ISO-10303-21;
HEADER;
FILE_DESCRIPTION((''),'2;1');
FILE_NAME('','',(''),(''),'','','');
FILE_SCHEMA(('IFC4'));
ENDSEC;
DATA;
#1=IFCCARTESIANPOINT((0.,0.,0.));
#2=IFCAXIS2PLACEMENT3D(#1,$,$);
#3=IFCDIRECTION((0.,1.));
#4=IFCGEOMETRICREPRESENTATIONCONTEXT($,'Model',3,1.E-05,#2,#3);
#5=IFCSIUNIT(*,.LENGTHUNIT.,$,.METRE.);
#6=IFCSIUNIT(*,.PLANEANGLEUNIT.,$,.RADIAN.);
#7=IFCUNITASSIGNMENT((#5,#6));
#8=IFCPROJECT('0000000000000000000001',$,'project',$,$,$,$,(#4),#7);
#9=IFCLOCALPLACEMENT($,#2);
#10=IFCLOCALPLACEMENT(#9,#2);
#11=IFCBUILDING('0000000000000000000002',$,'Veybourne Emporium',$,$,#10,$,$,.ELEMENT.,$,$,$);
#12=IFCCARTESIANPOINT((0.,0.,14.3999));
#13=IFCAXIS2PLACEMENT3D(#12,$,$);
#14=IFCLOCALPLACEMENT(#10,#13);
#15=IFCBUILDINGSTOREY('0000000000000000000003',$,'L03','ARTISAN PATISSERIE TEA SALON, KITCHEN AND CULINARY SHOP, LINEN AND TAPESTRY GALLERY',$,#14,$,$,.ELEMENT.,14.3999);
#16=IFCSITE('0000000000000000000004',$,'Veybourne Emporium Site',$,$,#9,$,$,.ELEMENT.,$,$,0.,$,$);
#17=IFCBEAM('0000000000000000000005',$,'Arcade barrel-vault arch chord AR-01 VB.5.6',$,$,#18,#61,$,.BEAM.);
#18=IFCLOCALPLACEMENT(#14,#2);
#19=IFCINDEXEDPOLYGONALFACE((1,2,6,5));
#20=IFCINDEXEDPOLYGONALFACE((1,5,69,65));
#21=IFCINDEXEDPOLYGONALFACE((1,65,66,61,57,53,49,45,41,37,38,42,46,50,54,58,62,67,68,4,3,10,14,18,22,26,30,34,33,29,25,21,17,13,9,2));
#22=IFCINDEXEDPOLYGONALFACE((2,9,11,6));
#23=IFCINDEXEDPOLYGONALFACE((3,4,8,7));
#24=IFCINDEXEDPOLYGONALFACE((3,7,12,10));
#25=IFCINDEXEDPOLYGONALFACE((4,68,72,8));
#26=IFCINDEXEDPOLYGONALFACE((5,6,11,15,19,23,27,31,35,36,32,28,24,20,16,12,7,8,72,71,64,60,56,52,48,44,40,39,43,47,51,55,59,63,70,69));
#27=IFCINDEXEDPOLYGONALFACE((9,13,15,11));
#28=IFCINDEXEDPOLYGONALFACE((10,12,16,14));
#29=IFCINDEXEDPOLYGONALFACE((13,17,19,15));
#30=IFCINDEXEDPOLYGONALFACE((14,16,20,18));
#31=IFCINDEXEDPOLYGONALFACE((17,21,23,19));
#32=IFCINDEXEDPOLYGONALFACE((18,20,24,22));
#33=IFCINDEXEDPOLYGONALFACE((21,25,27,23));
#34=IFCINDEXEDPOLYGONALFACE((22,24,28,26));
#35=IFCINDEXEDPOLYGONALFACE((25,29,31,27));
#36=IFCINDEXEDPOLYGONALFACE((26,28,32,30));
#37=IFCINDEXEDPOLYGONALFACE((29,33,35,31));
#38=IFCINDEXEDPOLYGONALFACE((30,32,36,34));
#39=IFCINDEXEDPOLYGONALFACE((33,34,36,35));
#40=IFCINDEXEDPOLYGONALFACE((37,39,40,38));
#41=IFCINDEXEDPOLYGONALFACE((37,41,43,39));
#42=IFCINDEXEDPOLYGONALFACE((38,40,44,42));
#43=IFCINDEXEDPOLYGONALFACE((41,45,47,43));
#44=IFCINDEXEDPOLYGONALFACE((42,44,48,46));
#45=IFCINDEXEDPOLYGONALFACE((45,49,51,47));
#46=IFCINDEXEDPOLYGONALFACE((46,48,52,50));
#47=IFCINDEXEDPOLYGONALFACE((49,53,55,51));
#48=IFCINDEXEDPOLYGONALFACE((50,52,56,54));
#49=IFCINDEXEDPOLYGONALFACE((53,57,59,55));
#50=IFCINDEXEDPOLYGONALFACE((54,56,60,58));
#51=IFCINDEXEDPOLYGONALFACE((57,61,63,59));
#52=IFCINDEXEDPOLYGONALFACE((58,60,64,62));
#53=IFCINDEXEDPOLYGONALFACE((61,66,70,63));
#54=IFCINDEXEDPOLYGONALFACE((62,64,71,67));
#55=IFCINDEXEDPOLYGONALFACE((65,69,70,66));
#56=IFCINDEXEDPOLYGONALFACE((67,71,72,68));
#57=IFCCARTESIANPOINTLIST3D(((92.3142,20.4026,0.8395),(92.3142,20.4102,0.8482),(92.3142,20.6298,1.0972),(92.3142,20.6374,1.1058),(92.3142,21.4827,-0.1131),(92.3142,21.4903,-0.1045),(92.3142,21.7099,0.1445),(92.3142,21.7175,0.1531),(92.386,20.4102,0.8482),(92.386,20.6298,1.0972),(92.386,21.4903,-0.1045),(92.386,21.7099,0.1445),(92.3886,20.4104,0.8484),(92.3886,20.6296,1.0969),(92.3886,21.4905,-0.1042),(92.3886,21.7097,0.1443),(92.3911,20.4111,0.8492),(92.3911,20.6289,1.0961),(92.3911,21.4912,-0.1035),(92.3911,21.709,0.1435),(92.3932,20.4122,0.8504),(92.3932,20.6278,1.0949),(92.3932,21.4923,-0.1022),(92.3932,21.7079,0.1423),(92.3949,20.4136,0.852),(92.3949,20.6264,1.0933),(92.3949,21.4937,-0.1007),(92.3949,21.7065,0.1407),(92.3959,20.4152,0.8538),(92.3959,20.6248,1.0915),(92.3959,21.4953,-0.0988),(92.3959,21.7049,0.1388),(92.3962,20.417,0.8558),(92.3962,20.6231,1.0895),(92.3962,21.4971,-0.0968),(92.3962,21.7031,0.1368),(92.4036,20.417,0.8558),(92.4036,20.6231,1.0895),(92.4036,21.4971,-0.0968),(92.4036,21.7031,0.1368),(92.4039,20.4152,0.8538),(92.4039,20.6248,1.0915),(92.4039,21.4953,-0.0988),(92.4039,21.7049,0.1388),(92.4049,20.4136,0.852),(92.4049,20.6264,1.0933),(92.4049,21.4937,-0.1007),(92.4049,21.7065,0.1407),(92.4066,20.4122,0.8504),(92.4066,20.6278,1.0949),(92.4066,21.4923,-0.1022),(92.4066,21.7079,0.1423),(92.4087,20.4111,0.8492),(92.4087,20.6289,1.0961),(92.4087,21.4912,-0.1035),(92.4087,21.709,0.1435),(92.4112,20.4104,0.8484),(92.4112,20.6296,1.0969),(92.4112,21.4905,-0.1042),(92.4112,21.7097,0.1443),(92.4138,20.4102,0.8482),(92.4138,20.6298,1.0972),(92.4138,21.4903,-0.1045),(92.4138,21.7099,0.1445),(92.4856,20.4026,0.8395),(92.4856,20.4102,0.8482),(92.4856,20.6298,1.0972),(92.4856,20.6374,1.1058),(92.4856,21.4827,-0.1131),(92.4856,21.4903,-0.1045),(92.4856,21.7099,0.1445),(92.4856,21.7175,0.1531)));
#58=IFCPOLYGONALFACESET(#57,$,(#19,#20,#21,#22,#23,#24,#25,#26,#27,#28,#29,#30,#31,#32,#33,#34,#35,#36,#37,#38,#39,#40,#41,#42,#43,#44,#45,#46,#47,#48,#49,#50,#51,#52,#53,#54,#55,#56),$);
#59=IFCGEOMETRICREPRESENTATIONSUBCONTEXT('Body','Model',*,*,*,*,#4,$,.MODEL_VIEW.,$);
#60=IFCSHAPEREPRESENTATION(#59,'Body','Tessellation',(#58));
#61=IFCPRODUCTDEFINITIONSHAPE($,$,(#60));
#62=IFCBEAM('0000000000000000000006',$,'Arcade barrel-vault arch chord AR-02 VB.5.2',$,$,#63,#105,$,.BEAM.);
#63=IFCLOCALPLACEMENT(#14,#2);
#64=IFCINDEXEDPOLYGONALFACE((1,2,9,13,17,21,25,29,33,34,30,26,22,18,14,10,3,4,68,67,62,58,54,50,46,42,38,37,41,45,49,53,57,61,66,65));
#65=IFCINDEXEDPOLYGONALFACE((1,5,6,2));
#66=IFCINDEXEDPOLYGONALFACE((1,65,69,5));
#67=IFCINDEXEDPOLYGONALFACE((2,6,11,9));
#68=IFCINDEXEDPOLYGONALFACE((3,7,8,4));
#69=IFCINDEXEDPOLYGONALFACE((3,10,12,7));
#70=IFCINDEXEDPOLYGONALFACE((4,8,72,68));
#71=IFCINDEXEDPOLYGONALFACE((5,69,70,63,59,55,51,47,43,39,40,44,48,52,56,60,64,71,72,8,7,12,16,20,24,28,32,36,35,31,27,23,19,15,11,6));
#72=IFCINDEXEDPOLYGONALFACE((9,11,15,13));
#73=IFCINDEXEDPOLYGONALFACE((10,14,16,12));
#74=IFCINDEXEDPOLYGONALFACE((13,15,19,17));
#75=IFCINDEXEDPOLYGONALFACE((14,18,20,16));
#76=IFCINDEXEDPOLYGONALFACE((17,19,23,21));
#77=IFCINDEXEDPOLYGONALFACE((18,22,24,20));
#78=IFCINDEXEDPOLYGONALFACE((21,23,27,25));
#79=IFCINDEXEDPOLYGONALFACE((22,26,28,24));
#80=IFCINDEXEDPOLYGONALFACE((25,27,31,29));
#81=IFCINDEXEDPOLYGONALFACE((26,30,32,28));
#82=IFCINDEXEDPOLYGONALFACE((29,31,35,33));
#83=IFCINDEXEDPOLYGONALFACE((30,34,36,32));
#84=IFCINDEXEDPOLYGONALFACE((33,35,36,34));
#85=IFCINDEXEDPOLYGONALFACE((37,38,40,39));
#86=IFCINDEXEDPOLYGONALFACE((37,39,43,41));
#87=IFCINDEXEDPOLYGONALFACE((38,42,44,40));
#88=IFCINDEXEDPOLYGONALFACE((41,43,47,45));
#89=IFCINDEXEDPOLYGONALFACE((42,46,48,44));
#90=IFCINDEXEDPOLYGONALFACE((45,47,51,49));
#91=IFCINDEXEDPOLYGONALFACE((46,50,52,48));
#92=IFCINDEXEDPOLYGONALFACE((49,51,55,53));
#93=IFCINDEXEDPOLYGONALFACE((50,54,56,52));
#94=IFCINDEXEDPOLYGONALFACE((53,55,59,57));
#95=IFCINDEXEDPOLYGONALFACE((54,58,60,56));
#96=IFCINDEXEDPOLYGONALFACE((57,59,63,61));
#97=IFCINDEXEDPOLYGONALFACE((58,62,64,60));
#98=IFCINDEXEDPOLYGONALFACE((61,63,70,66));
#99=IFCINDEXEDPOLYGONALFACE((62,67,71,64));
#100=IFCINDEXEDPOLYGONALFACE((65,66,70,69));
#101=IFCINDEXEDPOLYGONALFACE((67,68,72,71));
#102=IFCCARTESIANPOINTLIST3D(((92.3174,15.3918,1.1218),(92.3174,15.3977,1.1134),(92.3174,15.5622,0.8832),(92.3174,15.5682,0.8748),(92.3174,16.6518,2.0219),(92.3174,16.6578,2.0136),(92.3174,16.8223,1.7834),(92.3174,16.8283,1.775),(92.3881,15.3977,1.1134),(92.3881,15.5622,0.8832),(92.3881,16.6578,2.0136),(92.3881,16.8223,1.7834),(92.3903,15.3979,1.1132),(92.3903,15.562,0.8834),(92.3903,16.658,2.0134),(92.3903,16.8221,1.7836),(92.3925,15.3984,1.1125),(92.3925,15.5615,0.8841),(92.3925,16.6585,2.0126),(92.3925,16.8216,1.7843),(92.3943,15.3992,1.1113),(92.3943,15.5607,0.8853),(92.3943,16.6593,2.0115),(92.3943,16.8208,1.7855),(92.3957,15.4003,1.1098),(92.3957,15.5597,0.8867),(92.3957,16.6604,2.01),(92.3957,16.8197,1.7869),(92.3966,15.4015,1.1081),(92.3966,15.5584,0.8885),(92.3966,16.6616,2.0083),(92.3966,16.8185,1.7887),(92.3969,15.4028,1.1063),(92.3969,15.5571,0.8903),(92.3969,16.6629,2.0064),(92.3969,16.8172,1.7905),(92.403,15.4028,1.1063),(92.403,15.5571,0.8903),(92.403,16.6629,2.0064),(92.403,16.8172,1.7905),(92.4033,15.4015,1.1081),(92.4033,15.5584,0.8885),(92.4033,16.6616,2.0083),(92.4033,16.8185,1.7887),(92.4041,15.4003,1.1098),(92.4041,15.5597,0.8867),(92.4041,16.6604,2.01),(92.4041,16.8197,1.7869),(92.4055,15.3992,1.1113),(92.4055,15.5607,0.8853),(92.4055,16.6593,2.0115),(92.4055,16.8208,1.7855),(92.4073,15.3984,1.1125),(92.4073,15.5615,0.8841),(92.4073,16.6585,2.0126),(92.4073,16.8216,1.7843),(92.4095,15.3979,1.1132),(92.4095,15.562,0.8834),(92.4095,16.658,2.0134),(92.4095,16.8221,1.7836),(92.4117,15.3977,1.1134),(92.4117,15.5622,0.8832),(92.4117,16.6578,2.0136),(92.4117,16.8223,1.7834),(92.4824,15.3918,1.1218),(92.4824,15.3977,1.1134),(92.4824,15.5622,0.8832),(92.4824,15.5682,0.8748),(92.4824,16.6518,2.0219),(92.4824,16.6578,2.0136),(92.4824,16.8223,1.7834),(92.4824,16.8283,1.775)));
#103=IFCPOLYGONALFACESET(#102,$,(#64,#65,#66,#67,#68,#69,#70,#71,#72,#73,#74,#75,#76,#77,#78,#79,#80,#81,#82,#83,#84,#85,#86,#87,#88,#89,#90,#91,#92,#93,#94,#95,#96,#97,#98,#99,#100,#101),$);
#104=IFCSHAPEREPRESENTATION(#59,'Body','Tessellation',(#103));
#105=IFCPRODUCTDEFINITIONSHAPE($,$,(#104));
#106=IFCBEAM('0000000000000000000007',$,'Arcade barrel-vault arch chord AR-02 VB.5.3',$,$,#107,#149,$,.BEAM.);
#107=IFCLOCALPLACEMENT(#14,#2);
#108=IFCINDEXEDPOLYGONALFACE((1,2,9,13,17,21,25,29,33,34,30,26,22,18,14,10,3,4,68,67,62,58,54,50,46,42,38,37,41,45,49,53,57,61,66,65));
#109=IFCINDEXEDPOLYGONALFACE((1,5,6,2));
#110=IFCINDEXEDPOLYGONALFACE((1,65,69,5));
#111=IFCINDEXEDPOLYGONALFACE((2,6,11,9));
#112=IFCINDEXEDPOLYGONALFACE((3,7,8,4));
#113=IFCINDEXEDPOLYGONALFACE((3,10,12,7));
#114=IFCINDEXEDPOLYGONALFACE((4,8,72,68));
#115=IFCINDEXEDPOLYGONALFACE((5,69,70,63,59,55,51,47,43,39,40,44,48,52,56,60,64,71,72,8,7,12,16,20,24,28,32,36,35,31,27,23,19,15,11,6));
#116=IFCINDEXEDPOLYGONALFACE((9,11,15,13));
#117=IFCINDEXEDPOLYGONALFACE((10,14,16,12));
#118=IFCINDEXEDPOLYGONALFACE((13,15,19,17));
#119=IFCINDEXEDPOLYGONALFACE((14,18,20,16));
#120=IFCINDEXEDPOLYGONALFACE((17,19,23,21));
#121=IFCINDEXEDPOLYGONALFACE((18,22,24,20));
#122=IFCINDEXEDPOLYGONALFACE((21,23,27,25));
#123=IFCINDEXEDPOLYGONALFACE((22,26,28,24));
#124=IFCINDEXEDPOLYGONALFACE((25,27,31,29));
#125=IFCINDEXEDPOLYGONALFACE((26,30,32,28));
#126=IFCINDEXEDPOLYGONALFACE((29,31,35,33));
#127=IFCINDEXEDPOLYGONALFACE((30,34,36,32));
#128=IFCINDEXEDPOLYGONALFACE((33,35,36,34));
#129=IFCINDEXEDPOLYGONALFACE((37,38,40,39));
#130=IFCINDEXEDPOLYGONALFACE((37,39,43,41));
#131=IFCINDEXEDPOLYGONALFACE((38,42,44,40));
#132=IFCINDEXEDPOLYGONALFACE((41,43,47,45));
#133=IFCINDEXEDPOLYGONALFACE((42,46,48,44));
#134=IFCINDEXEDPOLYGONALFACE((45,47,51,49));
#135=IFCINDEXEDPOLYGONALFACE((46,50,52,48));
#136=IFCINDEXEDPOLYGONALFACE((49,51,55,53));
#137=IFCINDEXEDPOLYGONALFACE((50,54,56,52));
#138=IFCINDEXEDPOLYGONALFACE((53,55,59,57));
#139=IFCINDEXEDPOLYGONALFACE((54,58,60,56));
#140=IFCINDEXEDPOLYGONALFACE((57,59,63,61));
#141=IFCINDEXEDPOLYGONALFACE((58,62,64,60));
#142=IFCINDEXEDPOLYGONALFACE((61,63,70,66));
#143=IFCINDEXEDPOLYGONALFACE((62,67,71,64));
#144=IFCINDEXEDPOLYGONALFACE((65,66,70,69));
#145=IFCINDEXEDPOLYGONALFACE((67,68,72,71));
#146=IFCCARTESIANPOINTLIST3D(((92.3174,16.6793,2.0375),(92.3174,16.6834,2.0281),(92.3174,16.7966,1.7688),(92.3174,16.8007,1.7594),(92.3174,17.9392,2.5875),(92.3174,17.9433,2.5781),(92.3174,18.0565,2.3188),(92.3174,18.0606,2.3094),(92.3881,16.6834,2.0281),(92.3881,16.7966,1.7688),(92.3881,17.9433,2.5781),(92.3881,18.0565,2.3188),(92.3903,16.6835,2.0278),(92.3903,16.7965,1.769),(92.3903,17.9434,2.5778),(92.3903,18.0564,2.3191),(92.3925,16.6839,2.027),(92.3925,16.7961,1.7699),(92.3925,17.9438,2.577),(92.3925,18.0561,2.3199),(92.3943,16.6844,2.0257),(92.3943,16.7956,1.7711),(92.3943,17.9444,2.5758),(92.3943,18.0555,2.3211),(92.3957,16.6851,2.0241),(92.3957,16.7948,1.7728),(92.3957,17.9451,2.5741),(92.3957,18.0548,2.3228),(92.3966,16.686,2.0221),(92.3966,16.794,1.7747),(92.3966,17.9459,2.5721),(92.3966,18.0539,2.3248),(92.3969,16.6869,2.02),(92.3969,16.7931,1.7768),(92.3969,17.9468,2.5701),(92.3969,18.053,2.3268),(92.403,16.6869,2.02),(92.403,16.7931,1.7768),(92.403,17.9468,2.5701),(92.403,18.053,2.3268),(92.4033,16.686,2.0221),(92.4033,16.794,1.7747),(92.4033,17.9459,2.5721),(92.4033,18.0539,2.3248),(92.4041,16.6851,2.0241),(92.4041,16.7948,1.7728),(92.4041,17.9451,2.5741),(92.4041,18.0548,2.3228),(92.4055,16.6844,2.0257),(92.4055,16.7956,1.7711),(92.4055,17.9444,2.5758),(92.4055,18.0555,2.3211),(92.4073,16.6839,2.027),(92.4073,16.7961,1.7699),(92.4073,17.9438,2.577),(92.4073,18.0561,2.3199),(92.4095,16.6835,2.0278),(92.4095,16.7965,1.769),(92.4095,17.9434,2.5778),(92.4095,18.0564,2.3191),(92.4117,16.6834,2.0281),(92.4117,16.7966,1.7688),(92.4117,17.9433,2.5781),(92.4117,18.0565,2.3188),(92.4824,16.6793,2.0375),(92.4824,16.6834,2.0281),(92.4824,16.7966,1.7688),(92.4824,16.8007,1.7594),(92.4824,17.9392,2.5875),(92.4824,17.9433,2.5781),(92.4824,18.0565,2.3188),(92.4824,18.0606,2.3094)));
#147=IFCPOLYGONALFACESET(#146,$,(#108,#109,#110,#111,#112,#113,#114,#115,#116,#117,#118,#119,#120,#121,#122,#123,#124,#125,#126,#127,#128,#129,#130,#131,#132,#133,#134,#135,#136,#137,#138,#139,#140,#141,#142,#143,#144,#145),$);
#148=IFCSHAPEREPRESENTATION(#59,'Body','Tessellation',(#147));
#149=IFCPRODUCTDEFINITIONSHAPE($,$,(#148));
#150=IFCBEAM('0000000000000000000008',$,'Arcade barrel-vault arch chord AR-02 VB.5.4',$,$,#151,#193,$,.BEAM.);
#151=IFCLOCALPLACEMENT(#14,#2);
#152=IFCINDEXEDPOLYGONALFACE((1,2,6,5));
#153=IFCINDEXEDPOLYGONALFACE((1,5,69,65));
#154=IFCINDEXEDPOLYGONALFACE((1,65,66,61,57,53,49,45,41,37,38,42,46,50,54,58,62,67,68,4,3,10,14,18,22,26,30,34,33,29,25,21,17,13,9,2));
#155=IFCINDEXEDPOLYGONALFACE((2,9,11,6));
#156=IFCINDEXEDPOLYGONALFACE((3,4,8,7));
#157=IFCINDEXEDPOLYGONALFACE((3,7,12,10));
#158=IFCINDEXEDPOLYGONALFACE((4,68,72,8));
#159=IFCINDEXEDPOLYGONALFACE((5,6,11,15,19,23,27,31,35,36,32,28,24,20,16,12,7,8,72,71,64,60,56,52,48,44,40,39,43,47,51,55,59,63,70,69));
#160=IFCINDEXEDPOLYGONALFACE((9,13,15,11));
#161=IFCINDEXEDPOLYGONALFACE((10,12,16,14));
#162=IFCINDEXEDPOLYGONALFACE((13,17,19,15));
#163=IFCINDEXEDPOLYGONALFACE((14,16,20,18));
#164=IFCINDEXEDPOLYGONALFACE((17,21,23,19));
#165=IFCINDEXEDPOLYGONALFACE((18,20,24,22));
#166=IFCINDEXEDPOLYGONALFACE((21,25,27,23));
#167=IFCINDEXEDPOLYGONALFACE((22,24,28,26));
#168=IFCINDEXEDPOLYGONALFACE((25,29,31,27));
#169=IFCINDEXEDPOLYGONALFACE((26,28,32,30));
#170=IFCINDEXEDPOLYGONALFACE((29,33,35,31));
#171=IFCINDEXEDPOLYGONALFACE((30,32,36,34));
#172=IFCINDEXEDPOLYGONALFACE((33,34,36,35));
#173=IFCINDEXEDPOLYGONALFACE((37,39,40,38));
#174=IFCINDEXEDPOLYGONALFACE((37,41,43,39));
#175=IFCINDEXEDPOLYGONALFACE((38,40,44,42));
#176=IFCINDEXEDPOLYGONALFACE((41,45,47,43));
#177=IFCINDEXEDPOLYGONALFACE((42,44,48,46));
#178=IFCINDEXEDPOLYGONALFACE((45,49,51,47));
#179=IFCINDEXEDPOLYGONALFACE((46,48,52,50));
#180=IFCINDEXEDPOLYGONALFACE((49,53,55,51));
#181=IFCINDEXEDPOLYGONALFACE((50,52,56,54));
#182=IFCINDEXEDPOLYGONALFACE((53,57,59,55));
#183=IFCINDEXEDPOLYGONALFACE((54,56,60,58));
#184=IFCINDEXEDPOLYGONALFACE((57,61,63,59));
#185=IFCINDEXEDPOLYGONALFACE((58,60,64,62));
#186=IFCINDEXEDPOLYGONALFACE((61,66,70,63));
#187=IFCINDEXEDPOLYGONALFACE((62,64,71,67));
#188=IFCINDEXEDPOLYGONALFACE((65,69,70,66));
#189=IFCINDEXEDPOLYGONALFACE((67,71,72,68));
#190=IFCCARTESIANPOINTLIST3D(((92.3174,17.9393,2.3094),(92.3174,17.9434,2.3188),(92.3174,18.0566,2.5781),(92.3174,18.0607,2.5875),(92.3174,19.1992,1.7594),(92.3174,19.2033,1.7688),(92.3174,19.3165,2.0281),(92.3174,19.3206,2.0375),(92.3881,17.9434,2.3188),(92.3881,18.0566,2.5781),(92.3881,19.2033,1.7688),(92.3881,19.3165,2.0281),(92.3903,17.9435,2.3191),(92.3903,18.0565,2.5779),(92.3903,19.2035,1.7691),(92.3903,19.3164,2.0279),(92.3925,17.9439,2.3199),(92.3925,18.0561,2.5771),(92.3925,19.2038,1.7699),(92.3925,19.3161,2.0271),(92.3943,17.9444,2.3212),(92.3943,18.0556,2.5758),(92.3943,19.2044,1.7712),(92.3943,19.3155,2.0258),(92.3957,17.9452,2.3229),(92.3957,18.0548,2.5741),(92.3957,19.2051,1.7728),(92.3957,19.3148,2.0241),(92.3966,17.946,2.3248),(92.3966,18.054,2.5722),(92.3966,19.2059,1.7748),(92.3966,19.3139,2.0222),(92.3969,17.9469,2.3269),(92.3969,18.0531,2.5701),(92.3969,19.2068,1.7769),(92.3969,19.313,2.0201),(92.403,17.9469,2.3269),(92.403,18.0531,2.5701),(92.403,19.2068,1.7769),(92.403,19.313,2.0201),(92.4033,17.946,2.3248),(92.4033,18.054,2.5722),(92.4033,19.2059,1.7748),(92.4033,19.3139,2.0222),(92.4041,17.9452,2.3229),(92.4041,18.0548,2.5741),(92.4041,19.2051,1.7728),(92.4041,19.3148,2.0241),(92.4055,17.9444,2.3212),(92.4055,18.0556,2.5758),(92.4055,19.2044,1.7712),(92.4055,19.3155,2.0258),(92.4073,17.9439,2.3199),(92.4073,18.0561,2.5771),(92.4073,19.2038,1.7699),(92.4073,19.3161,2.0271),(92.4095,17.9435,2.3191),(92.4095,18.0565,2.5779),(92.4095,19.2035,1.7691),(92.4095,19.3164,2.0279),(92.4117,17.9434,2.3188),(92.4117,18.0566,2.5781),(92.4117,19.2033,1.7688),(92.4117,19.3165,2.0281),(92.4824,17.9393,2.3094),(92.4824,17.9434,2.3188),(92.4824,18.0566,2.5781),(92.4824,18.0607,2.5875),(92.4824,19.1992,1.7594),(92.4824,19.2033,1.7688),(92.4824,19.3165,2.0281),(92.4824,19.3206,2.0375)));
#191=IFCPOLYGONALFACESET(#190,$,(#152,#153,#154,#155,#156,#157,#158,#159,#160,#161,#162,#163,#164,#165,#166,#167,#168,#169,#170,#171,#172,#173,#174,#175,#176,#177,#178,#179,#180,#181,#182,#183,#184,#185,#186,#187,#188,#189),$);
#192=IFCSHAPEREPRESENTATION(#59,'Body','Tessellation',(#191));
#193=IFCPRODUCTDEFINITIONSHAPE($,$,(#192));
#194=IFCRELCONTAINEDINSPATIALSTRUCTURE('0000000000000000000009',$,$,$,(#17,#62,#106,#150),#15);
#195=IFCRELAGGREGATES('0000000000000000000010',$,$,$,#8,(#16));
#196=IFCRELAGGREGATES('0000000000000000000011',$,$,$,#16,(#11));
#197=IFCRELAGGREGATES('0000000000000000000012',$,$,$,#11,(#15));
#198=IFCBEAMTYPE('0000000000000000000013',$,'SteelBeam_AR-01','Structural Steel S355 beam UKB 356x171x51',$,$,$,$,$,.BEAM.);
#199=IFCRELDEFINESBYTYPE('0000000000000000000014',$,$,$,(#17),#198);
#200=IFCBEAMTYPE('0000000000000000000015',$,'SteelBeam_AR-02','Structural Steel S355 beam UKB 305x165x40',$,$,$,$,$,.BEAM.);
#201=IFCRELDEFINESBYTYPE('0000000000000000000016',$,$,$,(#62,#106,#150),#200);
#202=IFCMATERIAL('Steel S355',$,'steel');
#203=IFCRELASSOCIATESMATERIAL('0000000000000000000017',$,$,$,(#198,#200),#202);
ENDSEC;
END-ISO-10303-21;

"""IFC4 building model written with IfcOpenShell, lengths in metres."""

from ifc_helpers import new_model, si_unit, direction, frame, origin, origin_2d, place, context, subcontext, project, spatial, i_section, extrude, material, material_profile, profile_set, type_object, element, save


model = new_model("IFC4")

# Units and contexts
model_context = context("Model", 3, precision=1e-05, world=origin(), true_north=direction((0.0, 1.0)))
body_context = subcontext(model_context, "Body", "Model", "MODEL_VIEW")
ifc_project = project(units=[si_unit("LENGTHUNIT", "METRE"), si_unit("PLANEANGLEUNIT", "RADIAN")], contexts=[model_context])

# Site, building, storey
site_placement = place(None, origin())
site = spatial("IfcSite", under=ifc_project, at=site_placement, Name="Veybourne Emporium Site", CompositionType="ELEMENT", RefElevation=0.0)
building_placement = place(site_placement, origin())
building = spatial("IfcBuilding", under=site, at=building_placement, Name="Veybourne Emporium", CompositionType="ELEMENT")
storey_placement = place(building_placement, frame((0.0, 0.0, 14.3999)))
storey = spatial("IfcBuildingStorey", under=building, at=storey_placement, Name="L03", Description="ARTISAN PATISSERIE TEA SALON, KITCHEN AND CULINARY SHOP, LINEN AND TAPESTRY GALLERY", CompositionType="ELEMENT", Elevation=14.3999)

# Beams
ifc_material_1 = material(Name="Steel S355", Category="steel")
ifc_material_profile_1 = material_profile(ifc_material_1, i_section(OverallWidth=0.1714, OverallDepth=0.355, WebThickness=0.0073, FlangeThickness=0.0115, FilletRadius=0.0103, at=origin_2d()), Name="UKB 356x171x51")
ifc_profile_set_1 = profile_set([ifc_material_profile_1], Name="Steel S355")
beam_type_1 = type_object("IfcBeamType", Name="SteelBeam_AR-01", Description="Structural Steel S355 beam UKB 356x171x51", PredefinedType="BEAM", material=ifc_profile_set_1)
for number, where, z_axis, x_axis, name in (
    (1, (92.3999, 20.52, 0.9727), (0.0, 0.749966, -0.661476), (-1.0, 0.0, 0.0), "Arcade barrel-vault arch chord AR-01 VB.5.6"),
):
    element("IfcBeam", number, at=place(storey_placement, frame(where, z_axis=z_axis, x_axis=x_axis)), inside=storey, type_object=beam_type_1, Name=name, PredefinedType="BEAM", context=body_context, shape_type="SweptSolid", body=[
        extrude(i_section(OverallWidth=0.1714, OverallDepth=0.355, WebThickness=0.0073, FlangeThickness=0.0115, FilletRadius=0.0103, at=origin_2d()), origin(), (0.0, 0.0, 1.0), 1.4402),
    ])
ifc_material_profile_2 = material_profile(ifc_material_1, i_section(OverallWidth=0.165, OverallDepth=0.3035, WebThickness=0.0061, FlangeThickness=0.0103, FilletRadius=0.0088, at=origin_2d()), Name="UKB 305x165x40")
ifc_profile_set_2 = profile_set([ifc_material_profile_2], Name="Steel S355")
beam_type_2 = type_object("IfcBeamType", Name="SteelBeam_AR-02", Description="Structural Steel S355 beam UKB 305x165x40", PredefinedType="BEAM", material=ifc_profile_set_2)
beam_1_placement = place(storey_placement, frame((92.3999, 15.48, 0.9983), z_axis=(0.0, 0.813691, 0.581298), x_axis=(-1.0, 0.0, 0.0)))
element("IfcBeam", 2, at=beam_1_placement, inside=storey, type_object=beam_type_2, Name="Arcade barrel-vault arch chord AR-02 VB.5.2", PredefinedType="BEAM", context=body_context, shape_type="SweptSolid", body=[
    extrude(i_section(OverallWidth=0.165, OverallDepth=0.3035, WebThickness=0.0061, FlangeThickness=0.0103, FilletRadius=0.0088, at=origin_2d()), origin(), (0.0, 0.0, 1.0), 1.5486),
])
for number, where, z_axis, x_axis, name in (
    (3, (92.3999, 16.74, 1.8984), (0.0, 0.916479, 0.400083), (-1.0, 0.0, 0.0), "Arcade barrel-vault arch chord AR-02 VB.5.3"),
    (4, (92.3999, 18.0, 2.4485), (0.0, 0.916479, -0.400083), (-1.0, 0.0, 0.0), "Arcade barrel-vault arch chord AR-02 VB.5.4"),
):
    element("IfcBeam", number, at=place(storey_placement, frame(where, z_axis=z_axis, x_axis=x_axis)), inside=storey, type_object=beam_type_2, Name=name, PredefinedType="BEAM", context=body_context, shape_type="SweptSolid", body=[
        extrude(i_section(OverallWidth=0.165, OverallDepth=0.3035, WebThickness=0.0061, FlangeThickness=0.0103, FilletRadius=0.0088, at=origin_2d()), origin(), (0.0, 0.0, 1.0), 1.3748),
    ])

save(model, "model.ifc")
